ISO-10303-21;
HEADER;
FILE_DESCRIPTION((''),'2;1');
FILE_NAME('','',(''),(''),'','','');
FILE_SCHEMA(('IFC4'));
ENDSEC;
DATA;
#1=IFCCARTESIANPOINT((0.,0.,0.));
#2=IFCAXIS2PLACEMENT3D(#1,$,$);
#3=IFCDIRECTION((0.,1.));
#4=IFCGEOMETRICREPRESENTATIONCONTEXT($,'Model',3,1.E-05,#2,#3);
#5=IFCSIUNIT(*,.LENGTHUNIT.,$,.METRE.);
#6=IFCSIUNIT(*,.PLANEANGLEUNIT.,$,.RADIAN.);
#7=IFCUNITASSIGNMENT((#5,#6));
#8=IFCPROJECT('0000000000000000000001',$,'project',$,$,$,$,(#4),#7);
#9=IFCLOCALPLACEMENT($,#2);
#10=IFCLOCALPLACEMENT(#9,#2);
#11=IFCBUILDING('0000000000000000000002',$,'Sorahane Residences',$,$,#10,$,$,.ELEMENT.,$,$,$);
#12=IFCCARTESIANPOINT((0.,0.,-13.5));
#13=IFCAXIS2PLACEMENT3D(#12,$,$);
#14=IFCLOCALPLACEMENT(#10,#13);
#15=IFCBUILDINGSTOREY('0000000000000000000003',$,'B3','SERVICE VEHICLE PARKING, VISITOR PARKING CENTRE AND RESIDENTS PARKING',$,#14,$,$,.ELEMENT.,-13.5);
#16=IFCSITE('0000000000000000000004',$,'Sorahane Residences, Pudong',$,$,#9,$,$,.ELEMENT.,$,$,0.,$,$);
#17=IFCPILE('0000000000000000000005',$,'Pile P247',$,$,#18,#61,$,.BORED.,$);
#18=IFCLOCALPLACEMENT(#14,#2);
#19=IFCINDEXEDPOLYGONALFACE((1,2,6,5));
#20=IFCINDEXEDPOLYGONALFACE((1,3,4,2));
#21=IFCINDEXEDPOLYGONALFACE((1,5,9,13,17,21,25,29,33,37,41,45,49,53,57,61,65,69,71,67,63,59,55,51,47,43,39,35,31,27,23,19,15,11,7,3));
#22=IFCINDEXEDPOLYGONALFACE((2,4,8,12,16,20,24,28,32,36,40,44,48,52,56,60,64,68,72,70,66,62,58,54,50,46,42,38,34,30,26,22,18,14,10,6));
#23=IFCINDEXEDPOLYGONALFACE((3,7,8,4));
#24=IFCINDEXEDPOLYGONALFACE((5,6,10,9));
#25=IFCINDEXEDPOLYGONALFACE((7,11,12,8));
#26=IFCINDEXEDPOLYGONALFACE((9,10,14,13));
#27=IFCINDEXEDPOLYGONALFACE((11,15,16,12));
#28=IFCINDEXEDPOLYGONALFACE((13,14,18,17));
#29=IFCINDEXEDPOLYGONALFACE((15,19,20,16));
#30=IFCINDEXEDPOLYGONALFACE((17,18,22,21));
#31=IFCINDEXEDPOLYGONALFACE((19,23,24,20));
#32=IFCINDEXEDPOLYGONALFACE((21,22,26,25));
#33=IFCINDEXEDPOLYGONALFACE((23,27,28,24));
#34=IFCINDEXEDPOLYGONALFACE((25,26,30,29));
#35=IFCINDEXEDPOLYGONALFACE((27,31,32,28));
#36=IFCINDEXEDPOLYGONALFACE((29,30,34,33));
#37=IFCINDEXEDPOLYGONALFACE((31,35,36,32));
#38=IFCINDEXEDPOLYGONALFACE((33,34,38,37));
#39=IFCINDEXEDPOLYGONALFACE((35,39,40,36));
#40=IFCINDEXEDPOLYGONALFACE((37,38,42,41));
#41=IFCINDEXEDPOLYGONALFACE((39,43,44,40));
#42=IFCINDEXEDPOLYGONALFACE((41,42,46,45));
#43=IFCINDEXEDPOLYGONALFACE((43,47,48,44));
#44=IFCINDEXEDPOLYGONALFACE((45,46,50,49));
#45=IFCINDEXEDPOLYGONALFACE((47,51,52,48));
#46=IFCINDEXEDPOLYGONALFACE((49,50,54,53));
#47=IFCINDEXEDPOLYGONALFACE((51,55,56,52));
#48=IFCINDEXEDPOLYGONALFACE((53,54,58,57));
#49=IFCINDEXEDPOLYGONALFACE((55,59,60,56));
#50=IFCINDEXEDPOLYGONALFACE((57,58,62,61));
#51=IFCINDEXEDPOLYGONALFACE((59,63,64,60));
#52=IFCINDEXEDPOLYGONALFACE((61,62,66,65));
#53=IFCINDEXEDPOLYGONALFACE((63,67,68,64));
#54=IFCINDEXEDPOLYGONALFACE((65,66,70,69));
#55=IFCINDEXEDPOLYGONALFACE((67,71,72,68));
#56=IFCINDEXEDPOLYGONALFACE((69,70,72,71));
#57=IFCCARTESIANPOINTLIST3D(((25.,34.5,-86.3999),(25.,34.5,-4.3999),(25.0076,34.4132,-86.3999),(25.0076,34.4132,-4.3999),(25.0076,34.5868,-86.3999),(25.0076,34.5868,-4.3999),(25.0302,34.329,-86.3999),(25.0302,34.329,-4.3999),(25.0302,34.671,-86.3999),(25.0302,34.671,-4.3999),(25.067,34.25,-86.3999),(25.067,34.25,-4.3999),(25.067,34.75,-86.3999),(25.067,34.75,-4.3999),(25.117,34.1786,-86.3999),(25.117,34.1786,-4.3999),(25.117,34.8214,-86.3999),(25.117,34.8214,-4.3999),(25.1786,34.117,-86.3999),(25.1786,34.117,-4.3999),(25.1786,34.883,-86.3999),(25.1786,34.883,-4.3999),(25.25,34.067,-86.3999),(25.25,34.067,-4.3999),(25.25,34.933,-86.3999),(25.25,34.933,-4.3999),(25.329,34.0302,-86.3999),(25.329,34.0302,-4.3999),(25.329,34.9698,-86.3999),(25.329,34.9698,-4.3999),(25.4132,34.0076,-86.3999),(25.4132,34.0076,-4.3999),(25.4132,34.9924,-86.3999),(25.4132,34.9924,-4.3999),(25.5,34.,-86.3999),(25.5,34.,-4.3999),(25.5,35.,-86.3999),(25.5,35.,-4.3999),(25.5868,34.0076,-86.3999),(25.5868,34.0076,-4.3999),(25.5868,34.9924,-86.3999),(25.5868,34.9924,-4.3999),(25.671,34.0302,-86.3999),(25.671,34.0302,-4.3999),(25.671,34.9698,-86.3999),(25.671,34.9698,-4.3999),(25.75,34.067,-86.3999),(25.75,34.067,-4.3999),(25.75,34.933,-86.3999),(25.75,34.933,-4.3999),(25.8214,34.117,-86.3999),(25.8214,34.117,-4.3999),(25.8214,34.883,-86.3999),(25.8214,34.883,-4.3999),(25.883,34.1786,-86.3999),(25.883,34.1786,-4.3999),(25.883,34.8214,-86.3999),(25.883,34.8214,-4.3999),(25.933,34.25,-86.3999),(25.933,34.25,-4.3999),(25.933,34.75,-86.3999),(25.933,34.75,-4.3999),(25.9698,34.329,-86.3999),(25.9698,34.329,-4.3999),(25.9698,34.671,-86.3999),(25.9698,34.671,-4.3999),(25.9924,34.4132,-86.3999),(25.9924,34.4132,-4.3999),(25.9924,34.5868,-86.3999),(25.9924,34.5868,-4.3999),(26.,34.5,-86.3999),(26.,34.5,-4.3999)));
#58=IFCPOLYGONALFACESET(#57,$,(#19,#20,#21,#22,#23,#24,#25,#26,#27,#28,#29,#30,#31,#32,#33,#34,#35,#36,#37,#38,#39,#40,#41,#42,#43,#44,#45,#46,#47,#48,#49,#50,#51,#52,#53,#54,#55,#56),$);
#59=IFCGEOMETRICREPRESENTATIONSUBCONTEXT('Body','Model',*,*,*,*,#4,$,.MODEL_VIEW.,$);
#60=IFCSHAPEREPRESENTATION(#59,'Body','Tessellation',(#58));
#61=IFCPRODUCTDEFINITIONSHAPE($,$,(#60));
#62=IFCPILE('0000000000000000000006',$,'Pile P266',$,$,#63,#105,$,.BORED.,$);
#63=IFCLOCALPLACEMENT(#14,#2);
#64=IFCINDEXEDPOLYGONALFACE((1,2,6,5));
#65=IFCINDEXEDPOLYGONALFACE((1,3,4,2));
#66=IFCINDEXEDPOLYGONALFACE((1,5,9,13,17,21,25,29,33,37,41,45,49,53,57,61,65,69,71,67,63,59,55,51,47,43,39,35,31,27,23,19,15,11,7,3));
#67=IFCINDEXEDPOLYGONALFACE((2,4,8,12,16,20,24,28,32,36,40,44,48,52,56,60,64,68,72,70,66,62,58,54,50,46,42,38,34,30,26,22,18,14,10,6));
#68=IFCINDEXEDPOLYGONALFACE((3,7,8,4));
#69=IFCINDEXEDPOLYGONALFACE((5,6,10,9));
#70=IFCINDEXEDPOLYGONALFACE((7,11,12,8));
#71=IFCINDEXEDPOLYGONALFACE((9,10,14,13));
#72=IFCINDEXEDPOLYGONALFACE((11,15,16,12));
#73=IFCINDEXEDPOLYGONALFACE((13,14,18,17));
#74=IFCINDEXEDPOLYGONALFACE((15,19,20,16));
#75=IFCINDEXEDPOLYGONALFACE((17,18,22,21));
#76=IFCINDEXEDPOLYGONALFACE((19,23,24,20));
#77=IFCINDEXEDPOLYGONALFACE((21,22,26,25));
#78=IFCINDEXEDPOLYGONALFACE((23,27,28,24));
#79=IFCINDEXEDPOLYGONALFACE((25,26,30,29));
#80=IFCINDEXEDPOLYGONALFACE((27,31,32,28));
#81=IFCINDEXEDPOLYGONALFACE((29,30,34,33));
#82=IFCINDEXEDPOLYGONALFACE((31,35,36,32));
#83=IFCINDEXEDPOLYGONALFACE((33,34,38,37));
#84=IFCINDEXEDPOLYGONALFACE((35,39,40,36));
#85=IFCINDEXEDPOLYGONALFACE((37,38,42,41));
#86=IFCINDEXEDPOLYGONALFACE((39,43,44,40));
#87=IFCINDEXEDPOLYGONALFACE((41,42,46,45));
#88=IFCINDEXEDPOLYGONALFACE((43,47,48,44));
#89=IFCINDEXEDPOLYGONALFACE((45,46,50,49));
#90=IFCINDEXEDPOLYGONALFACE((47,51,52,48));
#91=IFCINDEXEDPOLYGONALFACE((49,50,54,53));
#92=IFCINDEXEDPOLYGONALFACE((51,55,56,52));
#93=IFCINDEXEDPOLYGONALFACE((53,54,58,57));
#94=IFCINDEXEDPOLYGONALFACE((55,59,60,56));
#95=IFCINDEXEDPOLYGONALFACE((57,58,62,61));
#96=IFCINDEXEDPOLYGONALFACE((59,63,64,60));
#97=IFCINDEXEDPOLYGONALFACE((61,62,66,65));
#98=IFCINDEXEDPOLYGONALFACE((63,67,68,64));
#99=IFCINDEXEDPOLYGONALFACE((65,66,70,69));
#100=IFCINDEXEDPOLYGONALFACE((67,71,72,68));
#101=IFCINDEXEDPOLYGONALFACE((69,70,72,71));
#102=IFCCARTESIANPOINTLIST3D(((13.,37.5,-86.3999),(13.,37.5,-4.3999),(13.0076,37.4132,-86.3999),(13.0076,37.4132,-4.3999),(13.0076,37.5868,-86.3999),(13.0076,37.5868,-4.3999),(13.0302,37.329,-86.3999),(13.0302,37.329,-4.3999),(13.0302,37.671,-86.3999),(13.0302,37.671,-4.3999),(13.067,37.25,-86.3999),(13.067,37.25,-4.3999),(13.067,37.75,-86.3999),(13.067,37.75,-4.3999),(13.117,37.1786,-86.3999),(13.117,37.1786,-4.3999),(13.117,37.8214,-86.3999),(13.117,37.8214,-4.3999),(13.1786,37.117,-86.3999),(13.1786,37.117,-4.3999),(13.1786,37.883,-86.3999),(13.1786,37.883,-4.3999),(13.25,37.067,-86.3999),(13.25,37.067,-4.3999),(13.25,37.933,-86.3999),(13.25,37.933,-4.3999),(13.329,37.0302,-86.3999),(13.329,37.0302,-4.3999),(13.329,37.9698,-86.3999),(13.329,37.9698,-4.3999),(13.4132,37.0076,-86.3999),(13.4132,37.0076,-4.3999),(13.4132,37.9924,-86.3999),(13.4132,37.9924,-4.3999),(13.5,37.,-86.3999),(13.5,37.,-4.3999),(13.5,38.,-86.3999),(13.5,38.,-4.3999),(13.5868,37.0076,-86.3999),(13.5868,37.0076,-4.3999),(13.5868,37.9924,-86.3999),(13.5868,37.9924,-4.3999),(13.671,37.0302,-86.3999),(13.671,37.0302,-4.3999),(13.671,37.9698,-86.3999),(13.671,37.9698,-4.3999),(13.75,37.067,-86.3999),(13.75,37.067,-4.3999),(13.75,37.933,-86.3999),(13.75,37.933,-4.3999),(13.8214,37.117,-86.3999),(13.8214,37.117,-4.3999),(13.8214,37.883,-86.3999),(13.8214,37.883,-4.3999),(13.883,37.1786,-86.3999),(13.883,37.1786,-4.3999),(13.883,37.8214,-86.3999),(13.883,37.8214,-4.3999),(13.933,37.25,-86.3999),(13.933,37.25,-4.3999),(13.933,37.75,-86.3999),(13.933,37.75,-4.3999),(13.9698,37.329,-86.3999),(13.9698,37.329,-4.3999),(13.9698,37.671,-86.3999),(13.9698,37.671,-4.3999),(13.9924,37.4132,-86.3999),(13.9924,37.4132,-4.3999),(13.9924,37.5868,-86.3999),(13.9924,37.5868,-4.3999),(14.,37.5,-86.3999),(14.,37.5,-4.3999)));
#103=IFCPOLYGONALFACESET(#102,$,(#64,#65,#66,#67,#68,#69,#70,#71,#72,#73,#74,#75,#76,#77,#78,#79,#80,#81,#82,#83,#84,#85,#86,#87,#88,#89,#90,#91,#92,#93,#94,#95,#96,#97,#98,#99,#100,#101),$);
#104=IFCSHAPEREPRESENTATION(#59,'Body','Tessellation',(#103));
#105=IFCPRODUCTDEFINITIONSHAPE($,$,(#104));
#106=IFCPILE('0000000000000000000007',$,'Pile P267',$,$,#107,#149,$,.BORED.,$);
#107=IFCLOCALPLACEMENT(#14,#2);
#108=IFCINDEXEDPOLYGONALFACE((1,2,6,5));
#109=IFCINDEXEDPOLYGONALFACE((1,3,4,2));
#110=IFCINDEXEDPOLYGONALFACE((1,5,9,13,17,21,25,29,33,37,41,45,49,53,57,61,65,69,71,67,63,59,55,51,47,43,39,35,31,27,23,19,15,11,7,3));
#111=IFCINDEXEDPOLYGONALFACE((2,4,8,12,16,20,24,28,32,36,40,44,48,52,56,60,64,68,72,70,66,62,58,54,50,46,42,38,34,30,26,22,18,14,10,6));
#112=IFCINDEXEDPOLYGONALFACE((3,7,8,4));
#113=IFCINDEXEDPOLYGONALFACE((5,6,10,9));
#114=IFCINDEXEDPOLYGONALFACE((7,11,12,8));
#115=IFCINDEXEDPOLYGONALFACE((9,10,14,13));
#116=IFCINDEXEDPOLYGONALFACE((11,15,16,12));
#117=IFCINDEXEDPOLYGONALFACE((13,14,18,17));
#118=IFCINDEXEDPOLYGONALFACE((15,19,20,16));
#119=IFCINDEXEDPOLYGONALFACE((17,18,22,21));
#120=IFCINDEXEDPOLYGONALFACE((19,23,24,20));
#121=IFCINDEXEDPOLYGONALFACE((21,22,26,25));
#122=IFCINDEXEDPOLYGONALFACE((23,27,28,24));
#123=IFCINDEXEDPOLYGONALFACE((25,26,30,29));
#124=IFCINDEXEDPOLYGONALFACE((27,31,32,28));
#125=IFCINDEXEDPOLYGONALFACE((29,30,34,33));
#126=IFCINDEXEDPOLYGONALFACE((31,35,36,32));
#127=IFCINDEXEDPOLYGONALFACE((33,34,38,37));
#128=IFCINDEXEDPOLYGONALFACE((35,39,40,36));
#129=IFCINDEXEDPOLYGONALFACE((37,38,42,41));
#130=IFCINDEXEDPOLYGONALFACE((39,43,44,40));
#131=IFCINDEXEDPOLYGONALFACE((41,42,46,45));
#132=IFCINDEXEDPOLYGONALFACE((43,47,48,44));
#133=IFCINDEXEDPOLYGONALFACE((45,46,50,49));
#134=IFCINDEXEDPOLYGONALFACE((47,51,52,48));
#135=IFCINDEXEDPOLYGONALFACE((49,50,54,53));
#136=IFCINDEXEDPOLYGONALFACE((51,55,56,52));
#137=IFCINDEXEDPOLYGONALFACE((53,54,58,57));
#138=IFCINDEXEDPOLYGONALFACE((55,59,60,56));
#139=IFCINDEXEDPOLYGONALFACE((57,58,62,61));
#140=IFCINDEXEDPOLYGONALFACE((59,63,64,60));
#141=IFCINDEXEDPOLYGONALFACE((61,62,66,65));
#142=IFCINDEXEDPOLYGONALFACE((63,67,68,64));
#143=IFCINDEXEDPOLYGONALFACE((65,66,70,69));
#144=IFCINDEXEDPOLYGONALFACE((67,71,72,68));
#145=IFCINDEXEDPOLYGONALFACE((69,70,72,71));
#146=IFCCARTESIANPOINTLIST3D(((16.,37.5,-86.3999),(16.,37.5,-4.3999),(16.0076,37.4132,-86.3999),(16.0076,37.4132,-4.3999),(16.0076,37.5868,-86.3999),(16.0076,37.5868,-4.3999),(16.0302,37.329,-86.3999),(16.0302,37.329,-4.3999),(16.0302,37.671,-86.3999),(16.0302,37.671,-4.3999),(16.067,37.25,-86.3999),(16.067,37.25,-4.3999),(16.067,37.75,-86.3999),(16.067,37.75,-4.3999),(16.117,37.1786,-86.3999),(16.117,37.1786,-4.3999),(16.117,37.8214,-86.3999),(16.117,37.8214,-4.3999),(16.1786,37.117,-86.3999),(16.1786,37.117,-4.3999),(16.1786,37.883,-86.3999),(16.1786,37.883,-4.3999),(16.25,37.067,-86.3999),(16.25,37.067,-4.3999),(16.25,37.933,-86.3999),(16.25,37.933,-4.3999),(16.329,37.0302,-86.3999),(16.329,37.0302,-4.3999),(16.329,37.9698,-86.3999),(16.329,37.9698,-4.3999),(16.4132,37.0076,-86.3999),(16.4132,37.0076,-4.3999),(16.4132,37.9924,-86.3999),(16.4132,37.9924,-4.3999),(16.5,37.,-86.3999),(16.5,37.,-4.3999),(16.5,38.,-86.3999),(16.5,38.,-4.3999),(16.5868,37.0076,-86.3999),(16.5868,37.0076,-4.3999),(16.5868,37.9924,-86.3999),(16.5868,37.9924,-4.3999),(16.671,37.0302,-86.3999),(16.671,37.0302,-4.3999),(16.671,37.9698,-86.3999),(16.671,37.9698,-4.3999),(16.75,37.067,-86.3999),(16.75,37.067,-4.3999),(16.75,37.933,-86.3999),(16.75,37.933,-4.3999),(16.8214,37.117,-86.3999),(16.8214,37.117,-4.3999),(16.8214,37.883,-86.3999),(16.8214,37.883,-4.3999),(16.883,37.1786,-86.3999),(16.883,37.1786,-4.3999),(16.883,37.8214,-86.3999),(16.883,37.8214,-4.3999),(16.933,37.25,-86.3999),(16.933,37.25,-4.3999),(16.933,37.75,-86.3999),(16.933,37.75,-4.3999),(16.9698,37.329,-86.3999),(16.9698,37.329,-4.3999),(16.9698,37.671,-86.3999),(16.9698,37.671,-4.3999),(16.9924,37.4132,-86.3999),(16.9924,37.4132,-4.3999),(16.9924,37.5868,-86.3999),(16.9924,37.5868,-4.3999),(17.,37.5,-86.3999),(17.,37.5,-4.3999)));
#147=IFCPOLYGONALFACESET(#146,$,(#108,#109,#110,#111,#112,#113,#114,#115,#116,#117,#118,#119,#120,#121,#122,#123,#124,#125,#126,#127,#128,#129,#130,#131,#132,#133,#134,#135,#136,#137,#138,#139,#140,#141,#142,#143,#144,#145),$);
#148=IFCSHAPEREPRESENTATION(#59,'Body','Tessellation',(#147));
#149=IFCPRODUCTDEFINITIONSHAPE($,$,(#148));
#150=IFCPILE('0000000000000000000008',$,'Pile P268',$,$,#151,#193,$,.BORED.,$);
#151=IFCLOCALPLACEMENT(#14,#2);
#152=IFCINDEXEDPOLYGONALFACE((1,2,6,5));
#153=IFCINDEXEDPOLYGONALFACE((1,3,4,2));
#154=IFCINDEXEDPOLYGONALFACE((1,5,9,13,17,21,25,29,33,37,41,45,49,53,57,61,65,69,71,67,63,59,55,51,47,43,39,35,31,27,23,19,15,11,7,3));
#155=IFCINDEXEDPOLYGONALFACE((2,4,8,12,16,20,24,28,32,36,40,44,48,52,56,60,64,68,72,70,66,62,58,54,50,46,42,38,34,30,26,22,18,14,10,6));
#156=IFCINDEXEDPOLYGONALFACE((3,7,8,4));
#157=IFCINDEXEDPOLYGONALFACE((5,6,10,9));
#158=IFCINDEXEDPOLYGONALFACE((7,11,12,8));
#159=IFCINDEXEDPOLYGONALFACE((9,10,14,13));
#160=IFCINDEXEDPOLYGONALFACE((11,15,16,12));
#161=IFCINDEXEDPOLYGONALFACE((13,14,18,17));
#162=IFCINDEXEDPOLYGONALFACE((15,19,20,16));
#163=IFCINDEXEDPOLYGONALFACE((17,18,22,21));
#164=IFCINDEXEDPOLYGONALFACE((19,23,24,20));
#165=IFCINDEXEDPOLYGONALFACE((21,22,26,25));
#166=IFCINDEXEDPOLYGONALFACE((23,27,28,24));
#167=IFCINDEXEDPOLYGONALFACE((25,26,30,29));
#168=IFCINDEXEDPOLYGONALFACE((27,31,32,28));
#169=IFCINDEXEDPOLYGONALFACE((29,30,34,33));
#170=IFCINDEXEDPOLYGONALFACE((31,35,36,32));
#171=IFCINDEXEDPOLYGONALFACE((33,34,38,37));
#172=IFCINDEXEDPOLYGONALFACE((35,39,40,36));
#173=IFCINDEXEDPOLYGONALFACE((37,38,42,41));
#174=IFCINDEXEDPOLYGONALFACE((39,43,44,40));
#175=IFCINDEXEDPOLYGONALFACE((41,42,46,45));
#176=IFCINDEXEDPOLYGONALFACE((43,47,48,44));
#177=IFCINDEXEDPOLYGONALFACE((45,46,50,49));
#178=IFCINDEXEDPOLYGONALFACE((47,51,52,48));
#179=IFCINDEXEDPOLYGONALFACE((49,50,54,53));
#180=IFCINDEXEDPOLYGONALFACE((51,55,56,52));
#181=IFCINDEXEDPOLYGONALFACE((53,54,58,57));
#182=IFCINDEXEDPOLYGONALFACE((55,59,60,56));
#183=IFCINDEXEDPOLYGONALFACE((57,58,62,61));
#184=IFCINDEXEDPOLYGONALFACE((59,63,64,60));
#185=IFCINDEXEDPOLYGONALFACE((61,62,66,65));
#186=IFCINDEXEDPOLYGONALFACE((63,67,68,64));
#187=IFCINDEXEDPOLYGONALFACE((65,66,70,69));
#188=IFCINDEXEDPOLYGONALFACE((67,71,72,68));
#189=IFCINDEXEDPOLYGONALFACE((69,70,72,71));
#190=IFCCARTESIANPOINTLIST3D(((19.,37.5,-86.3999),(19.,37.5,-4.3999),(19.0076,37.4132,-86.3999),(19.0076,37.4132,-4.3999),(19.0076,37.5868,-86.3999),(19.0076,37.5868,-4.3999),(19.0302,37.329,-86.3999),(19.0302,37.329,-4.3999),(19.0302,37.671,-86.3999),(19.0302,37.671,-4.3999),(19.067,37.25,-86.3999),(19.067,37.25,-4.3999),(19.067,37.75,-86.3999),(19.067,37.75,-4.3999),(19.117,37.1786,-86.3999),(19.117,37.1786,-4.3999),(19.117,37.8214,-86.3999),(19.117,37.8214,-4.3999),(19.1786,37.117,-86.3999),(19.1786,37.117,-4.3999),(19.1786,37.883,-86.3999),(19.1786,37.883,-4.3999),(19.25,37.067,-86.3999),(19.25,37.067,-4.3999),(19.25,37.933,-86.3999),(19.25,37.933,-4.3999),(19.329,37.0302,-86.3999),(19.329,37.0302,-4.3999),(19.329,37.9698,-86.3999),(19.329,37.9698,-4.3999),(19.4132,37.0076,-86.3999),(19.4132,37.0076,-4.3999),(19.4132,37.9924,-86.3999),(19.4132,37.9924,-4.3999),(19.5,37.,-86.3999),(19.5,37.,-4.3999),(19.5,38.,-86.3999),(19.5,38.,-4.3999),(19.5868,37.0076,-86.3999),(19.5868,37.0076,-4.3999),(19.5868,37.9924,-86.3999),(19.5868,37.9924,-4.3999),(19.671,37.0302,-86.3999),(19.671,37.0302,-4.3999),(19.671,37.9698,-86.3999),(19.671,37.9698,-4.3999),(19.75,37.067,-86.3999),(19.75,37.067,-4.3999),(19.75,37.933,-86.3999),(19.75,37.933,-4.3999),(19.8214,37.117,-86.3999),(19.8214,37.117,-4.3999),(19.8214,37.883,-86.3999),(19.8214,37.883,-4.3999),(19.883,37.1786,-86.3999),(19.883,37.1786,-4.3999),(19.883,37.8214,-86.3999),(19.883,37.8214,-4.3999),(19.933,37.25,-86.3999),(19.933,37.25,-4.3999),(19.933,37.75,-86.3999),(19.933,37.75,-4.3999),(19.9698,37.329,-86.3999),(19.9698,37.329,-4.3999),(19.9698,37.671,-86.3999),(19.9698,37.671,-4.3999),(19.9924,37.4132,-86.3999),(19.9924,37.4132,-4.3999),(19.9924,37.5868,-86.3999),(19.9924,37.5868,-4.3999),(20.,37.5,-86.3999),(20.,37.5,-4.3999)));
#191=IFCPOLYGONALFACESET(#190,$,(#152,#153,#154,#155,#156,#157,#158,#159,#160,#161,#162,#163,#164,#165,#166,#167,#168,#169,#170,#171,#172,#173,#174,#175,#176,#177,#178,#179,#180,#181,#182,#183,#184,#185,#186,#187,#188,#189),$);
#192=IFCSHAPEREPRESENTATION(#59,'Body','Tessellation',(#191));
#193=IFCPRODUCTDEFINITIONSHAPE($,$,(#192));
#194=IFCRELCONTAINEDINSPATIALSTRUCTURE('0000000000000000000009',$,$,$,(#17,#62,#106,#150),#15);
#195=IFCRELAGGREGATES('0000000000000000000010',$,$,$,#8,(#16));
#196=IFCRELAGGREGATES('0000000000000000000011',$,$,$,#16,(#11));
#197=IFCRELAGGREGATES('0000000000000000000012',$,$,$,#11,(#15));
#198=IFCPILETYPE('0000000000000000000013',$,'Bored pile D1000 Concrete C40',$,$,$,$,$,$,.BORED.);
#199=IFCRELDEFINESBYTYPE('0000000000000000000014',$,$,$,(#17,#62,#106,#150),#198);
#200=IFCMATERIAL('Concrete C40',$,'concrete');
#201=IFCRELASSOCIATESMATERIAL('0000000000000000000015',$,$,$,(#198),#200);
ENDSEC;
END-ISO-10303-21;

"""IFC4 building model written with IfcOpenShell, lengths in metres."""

from ifc_helpers import new_model, si_unit, direction, frame, origin, origin_2d, place, context, subcontext, project, spatial, circle, extrude, material, material_profile, profile_set, type_object, element, save


model = new_model("IFC4")

# Units and contexts
model_context = context("Model", 3, precision=1e-05, world=origin(), true_north=direction((0.0, 1.0)))
body_context = subcontext(model_context, "Body", "Model", "MODEL_VIEW")
ifc_project = project(units=[si_unit("LENGTHUNIT", "METRE"), si_unit("PLANEANGLEUNIT", "RADIAN")], contexts=[model_context])

# Site, building, storey
site_placement = place(None, origin())
site = spatial("IfcSite", under=ifc_project, at=site_placement, Name="Sorahane Residences, Pudong", CompositionType="ELEMENT", RefElevation=0.0)
building_placement = place(site_placement, origin())
building = spatial("IfcBuilding", under=site, at=building_placement, Name="Sorahane Residences", CompositionType="ELEMENT")
storey_placement = place(building_placement, frame((0.0, 0.0, -13.5)))
storey = spatial("IfcBuildingStorey", under=building, at=storey_placement, Name="B3", Description="SERVICE VEHICLE PARKING, VISITOR PARKING CENTRE AND RESIDENTS PARKING", CompositionType="ELEMENT", Elevation=-13.5)

# Piles
ifc_material_1 = material(Name="Concrete C40", Category="concrete")
ifc_material_profile_1 = material_profile(ifc_material_1, circle(Radius=0.5, at=origin_2d()), Name="D1000")
ifc_profile_set_1 = profile_set([ifc_material_profile_1], Name="Concrete C40")
pile_type = type_object("IfcPileType", Name="Bored pile D1000 Concrete C40", PredefinedType="BORED", material=ifc_profile_set_1)
for number, where, z_axis, x_axis, name in (
    (1, (25.5, 34.5, -4.3999), (0.0, 0.0, -1.0), (1.0, 0.0, 0.0), "Pile P247"),
    (2, (13.5, 37.5, -4.3999), (0.0, 0.0, -1.0), (1.0, 0.0, 0.0), "Pile P266"),
    (3, (16.5, 37.5, -4.3999), (0.0, 0.0, -1.0), (1.0, 0.0, 0.0), "Pile P267"),
    (4, (19.5, 37.5, -4.3999), (0.0, 0.0, -1.0), (1.0, 0.0, 0.0), "Pile P268"),
):
    element("IfcPile", number, at=place(storey_placement, frame(where, z_axis=z_axis, x_axis=x_axis)), inside=storey, type_object=pile_type, Name=name, PredefinedType="BORED", context=body_context, shape_type="SweptSolid", body=[
        extrude(circle(Radius=0.5, at=origin_2d()), origin(), (0.0, 0.0, 1.0), 82.0),
    ])

save(model, "model.ifc")
